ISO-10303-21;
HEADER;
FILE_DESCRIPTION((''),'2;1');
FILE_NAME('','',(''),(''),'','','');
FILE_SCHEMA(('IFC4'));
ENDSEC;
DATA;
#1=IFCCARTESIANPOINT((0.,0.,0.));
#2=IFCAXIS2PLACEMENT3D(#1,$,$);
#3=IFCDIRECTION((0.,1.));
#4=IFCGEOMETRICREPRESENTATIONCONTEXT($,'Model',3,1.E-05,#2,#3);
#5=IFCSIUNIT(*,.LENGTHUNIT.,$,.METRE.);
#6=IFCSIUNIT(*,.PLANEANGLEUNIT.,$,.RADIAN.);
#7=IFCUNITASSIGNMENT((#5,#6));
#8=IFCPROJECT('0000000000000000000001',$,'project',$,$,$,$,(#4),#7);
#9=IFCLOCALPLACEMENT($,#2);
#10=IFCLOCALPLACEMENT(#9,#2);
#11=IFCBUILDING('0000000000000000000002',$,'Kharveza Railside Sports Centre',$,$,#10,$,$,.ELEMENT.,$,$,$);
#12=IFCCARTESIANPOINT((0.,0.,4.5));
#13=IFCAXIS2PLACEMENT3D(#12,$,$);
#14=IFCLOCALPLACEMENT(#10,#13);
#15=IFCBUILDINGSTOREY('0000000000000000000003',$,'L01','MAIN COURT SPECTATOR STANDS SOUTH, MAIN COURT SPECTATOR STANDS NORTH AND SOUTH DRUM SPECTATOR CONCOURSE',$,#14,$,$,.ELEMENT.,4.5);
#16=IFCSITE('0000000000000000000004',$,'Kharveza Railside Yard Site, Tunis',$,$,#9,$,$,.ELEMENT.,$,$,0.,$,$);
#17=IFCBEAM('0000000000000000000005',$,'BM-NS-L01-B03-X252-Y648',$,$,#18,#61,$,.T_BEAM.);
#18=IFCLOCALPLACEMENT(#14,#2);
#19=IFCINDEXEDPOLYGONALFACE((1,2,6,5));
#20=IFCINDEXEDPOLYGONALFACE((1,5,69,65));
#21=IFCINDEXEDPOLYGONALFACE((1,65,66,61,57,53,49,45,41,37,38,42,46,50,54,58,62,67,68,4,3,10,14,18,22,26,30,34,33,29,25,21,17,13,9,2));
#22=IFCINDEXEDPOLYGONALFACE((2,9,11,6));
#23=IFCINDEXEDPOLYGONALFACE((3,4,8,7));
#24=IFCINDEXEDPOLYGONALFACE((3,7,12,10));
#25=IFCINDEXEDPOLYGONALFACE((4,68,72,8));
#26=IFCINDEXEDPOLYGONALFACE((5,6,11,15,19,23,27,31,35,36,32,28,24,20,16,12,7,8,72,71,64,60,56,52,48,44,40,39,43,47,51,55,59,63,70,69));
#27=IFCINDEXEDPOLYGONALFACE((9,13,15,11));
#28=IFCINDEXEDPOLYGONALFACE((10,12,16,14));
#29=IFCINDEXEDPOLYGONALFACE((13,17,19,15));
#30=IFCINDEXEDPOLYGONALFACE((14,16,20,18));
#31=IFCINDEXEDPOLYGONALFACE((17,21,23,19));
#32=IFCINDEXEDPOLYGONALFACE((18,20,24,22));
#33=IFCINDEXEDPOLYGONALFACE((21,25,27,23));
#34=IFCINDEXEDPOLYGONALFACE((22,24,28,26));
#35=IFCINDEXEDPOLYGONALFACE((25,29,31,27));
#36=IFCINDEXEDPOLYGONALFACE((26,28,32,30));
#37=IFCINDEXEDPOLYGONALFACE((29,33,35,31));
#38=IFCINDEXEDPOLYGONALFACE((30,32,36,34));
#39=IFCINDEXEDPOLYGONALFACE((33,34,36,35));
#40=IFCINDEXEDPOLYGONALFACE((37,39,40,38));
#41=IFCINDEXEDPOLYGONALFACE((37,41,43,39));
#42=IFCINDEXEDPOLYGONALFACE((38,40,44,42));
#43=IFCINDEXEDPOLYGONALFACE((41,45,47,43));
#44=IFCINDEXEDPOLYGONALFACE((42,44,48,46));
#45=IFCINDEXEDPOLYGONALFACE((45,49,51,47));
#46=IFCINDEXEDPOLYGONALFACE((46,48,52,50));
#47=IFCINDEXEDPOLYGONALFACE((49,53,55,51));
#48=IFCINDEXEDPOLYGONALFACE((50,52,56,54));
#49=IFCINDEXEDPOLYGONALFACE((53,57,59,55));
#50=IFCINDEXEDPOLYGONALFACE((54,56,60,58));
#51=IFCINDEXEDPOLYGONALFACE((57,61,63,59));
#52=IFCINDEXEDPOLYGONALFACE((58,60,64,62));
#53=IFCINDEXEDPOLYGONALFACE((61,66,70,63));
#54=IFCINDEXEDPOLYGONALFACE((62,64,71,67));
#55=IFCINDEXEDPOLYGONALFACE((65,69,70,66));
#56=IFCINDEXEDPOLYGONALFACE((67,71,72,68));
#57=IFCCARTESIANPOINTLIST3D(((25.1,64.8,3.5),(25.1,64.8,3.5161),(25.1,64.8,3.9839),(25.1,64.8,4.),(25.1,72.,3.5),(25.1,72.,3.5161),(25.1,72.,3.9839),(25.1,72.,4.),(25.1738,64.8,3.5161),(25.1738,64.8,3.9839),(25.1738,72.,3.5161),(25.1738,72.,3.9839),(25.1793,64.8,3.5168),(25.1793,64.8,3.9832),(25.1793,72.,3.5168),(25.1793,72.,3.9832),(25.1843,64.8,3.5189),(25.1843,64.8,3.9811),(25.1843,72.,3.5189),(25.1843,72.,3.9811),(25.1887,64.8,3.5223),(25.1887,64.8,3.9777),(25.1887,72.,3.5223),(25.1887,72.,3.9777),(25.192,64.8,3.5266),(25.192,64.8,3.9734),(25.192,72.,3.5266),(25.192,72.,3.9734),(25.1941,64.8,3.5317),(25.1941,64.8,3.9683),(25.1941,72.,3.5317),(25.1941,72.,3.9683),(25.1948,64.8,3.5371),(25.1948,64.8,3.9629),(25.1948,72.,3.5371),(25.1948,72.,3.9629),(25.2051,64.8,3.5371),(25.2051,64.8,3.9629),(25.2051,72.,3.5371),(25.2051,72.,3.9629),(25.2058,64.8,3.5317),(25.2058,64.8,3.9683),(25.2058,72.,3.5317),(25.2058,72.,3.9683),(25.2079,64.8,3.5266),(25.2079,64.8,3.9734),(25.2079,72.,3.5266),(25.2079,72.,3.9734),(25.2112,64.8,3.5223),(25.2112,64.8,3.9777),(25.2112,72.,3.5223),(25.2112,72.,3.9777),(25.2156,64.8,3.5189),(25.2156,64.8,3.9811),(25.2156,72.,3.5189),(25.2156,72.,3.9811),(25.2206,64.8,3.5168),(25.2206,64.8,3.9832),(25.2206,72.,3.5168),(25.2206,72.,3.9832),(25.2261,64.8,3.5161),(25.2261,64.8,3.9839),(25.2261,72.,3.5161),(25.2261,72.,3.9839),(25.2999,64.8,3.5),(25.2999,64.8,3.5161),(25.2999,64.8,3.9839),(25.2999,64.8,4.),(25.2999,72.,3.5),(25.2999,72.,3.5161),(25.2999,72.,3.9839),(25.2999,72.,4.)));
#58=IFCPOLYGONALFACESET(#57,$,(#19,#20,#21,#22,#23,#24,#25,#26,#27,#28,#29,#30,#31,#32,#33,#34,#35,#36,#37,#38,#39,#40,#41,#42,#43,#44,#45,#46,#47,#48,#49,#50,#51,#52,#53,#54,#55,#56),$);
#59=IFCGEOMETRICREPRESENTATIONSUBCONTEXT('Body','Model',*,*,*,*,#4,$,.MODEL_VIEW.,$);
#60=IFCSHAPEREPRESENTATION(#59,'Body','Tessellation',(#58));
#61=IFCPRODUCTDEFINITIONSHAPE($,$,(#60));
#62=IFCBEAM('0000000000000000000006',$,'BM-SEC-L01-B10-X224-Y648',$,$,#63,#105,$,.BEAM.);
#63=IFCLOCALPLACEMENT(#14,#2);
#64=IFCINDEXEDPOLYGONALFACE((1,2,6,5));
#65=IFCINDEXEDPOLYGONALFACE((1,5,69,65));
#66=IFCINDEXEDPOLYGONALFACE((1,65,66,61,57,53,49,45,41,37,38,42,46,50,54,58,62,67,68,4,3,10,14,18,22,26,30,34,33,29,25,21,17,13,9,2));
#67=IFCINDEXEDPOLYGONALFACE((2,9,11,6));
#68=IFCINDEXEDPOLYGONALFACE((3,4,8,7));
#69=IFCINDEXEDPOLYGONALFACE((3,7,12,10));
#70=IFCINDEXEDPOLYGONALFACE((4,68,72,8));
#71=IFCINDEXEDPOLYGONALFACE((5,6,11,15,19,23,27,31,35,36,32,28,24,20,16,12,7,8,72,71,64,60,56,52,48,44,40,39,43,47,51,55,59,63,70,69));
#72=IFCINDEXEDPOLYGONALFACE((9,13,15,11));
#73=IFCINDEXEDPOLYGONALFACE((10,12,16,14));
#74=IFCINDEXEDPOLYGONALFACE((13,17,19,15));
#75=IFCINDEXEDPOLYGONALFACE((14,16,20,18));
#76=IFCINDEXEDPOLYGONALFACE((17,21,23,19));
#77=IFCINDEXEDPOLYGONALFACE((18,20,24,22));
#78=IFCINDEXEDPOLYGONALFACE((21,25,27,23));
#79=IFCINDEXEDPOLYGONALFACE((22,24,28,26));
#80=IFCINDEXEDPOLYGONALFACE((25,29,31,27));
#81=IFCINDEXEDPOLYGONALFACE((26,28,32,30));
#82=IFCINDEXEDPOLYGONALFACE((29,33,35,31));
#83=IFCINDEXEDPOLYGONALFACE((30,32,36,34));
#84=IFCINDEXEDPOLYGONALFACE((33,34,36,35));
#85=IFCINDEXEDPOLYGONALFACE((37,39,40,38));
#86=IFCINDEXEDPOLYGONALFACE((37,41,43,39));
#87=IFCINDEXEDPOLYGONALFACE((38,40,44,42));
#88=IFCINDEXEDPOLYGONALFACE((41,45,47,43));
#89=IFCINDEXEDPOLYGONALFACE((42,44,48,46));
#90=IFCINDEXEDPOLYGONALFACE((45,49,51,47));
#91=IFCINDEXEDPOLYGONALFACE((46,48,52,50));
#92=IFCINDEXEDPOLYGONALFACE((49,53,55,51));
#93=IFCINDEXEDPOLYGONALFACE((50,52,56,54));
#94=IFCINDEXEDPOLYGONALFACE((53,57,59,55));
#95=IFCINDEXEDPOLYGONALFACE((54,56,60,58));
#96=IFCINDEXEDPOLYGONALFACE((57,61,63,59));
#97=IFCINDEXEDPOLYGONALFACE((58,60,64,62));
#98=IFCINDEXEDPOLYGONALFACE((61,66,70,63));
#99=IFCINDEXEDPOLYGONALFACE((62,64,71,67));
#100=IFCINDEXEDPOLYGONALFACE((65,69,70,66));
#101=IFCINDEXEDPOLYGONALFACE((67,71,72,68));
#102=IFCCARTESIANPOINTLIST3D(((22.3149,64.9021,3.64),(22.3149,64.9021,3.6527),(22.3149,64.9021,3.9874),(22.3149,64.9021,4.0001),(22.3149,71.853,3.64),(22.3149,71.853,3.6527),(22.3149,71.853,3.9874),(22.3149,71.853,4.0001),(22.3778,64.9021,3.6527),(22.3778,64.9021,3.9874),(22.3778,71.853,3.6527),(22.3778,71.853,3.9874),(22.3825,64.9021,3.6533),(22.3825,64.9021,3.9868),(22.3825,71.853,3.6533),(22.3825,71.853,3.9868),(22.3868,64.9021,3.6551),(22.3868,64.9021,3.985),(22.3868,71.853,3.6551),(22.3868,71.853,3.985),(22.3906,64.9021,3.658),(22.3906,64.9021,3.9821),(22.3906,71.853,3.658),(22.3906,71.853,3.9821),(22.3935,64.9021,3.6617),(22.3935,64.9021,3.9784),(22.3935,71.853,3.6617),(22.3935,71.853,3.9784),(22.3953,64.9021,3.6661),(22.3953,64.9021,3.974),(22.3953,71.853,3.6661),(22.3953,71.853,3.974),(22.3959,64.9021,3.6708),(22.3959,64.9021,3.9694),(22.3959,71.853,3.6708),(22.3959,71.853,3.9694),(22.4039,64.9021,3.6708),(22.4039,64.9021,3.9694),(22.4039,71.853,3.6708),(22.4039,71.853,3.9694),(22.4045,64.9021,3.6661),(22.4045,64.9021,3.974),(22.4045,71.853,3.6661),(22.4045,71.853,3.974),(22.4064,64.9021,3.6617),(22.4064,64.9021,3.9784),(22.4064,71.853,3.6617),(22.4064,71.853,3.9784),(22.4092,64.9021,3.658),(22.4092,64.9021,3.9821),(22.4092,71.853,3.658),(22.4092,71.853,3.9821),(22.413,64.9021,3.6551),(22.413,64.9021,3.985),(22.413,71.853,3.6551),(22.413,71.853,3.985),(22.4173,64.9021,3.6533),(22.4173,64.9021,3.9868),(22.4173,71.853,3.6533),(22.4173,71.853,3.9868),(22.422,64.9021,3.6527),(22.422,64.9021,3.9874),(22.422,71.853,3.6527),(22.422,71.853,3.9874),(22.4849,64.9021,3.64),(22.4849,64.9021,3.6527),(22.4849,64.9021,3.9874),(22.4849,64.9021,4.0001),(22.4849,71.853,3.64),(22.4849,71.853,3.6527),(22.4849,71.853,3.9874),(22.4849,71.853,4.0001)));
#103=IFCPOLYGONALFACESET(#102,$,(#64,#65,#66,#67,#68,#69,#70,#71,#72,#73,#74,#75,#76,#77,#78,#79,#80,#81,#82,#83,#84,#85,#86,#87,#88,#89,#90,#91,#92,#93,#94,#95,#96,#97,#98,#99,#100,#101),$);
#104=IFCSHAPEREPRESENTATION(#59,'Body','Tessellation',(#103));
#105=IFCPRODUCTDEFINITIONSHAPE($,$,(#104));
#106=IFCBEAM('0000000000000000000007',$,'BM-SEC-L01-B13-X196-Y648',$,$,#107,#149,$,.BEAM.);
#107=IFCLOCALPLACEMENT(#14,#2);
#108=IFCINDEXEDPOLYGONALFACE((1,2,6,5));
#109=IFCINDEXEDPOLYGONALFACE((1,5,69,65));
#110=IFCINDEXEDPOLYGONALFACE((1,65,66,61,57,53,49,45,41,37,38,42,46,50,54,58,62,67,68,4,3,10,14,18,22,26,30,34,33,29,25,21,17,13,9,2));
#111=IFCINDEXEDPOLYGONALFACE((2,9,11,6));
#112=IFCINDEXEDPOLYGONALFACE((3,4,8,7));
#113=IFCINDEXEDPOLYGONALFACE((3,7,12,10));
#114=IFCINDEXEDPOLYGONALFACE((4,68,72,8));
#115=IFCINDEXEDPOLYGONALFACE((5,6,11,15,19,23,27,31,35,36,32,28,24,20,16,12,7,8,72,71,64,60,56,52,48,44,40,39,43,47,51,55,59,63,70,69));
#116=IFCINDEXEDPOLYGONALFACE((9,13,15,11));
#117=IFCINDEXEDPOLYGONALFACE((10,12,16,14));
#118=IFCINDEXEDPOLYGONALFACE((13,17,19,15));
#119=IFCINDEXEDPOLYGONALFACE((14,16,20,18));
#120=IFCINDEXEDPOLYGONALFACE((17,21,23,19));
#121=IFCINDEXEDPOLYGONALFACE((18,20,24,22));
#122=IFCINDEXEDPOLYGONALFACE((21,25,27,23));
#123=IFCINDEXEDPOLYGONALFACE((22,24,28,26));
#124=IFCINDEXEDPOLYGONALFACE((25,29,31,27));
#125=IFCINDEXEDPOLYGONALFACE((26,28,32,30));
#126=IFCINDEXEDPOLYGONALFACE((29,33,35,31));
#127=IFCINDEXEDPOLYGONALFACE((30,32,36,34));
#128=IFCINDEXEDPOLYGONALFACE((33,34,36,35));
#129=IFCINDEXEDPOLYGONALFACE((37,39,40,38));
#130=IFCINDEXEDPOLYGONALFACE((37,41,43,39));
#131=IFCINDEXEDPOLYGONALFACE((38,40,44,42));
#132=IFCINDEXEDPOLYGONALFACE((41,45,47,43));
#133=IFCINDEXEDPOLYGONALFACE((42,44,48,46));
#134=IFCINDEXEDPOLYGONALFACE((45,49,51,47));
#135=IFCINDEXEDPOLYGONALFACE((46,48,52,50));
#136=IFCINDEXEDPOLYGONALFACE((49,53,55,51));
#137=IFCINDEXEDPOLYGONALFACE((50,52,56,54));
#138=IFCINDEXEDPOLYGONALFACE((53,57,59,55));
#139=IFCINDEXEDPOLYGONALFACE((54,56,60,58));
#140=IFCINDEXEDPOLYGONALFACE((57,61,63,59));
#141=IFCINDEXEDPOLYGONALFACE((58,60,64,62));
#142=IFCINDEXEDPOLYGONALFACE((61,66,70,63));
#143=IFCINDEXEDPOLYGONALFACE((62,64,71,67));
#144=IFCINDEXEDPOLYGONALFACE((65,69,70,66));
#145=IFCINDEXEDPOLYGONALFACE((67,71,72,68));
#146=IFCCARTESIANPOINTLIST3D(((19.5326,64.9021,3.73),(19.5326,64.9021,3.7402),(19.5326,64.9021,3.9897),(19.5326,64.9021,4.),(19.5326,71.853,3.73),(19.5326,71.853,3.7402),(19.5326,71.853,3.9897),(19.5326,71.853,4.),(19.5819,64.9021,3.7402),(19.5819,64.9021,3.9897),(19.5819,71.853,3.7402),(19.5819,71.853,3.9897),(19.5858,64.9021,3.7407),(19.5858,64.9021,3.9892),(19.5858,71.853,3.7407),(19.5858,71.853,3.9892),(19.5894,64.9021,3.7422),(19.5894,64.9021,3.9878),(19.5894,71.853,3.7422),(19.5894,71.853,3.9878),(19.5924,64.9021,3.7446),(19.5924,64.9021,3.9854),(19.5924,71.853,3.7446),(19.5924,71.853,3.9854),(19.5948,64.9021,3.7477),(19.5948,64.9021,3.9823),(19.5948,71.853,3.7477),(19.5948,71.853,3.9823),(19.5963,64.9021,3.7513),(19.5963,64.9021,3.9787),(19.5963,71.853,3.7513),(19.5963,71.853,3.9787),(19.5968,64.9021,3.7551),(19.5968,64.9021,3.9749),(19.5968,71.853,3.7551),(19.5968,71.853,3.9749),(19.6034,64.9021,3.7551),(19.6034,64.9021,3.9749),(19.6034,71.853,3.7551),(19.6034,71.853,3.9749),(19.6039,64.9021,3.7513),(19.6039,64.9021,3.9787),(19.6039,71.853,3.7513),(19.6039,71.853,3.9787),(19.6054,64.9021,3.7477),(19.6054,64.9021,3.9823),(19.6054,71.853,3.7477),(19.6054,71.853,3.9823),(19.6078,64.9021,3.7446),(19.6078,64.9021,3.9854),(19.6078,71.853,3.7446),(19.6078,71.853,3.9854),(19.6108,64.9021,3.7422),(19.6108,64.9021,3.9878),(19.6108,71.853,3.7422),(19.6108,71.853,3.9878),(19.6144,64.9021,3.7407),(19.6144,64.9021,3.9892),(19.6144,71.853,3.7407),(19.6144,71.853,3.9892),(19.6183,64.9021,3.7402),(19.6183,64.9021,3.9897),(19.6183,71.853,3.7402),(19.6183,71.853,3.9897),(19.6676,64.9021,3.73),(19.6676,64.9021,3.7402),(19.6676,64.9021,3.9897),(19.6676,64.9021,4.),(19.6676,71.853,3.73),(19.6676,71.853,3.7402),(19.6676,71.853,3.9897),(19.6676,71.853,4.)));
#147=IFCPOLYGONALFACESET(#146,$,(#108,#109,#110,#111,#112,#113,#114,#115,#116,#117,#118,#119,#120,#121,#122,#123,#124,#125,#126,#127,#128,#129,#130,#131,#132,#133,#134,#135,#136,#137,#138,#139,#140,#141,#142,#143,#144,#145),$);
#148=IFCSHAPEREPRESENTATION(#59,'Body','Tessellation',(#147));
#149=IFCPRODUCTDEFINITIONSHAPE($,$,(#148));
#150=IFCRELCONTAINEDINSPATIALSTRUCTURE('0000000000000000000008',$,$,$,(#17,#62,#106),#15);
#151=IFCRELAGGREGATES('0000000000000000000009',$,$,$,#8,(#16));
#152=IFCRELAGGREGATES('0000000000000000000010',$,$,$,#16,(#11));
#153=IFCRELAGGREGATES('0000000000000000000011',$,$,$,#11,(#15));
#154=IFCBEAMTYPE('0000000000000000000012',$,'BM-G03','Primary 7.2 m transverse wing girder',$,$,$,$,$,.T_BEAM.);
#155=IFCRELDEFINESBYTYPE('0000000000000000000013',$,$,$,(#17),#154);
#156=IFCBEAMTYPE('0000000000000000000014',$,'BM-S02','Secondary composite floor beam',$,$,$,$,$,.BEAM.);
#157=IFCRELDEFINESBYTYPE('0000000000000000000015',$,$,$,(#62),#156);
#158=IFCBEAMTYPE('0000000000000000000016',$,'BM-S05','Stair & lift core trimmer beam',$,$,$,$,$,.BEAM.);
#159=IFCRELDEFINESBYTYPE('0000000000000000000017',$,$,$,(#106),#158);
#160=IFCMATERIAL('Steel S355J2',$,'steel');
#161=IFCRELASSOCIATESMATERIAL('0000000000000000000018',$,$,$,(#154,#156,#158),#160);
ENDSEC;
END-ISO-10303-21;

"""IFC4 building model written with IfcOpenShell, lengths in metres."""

from ifc_helpers import new_model, si_unit, direction, frame, origin, origin_2d, place, context, subcontext, project, spatial, i_section, extrude, material, material_profile, profile_set, type_object, element, save


model = new_model("IFC4")

# Units and contexts
model_context = context("Model", 3, precision=1e-05, world=origin(), true_north=direction((0.0, 1.0)))
body_context = subcontext(model_context, "Body", "Model", "MODEL_VIEW")
ifc_project = project(units=[si_unit("LENGTHUNIT", "METRE"), si_unit("PLANEANGLEUNIT", "RADIAN")], contexts=[model_context])

# Site, building, storey
site_placement = place(None, origin())
site = spatial("IfcSite", under=ifc_project, at=site_placement, Name="Kharveza Railside Yard Site, Tunis", CompositionType="ELEMENT", RefElevation=0.0)
building_placement = place(site_placement, origin())
building = spatial("IfcBuilding", under=site, at=building_placement, Name="Kharveza Railside Sports Centre", CompositionType="ELEMENT")
storey_placement = place(building_placement, frame((0.0, 0.0, 4.5)))
storey = spatial("IfcBuildingStorey", under=building, at=storey_placement, Name="L01", Description="MAIN COURT SPECTATOR STANDS SOUTH, MAIN COURT SPECTATOR STANDS NORTH AND SOUTH DRUM SPECTATOR CONCOURSE", CompositionType="ELEMENT", Elevation=4.5)

# Shared definitions
ifc_material_1 = material(Name="Steel S355J2", Category="steel")

# Beams
ifc_material_profile_1 = material_profile(ifc_material_1, i_section(OverallWidth=0.2, OverallDepth=0.5, WebThickness=0.0103, FlangeThickness=0.0161, FilletRadius=0.021, at=origin_2d()), Name="IPE 500")
ifc_profile_set_1 = profile_set([ifc_material_profile_1], Name="Steel S355J2")
beam_type_1 = type_object("IfcBeamType", Name="BM-G03", Description="Primary 7.2 m transverse wing girder", PredefinedType="T_BEAM", material=ifc_profile_set_1)
beam_1_placement = place(storey_placement, frame((25.2, 64.8, 3.75), z_axis=(0.0, 1.0, 0.0), x_axis=(-1.0, 0.0, 0.0)))
element("IfcBeam", 1, at=beam_1_placement, inside=storey, type_object=beam_type_1, Name="BM-NS-L01-B03-X252-Y648", PredefinedType="T_BEAM", context=body_context, shape_type="SweptSolid", body=[
    extrude(i_section(OverallWidth=0.2, OverallDepth=0.5, WebThickness=0.0103, FlangeThickness=0.0161, FilletRadius=0.021, at=origin_2d()), origin(), (0.0, 0.0, 1.0), 7.2),
])
ifc_material_profile_2 = material_profile(ifc_material_1, i_section(OverallWidth=0.1699, OverallDepth=0.3601, WebThickness=0.0081, FlangeThickness=0.0127, FilletRadius=0.0181, at=origin_2d()), Name="IPE 360")
ifc_profile_set_2 = profile_set([ifc_material_profile_2], Name="Steel S355J2")
beam_type_2 = type_object("IfcBeamType", Name="BM-S02", Description="Secondary composite floor beam", PredefinedType="BEAM", material=ifc_profile_set_2)
beam_2_placement = place(storey_placement, frame((22.3999, 64.9021, 3.8201), z_axis=(0.0, 1.0, 0.0), x_axis=(-1.0, 0.0, 0.0)))
element("IfcBeam", 2, at=beam_2_placement, inside=storey, type_object=beam_type_2, Name="BM-SEC-L01-B10-X224-Y648", PredefinedType="BEAM", context=body_context, shape_type="SweptSolid", body=[
    extrude(i_section(OverallWidth=0.1699, OverallDepth=0.3601, WebThickness=0.0081, FlangeThickness=0.0127, FilletRadius=0.0181, at=origin_2d()), origin(), (0.0, 0.0, 1.0), 6.9509),
])
ifc_material_profile_3 = material_profile(ifc_material_1, i_section(OverallWidth=0.135, OverallDepth=0.27, WebThickness=0.0066, FlangeThickness=0.0103, FilletRadius=0.0149, at=origin_2d()), Name="IPE 270")
ifc_profile_set_3 = profile_set([ifc_material_profile_3], Name="Steel S355J2")
beam_type_3 = type_object("IfcBeamType", Name="BM-S05", Description="Stair & lift core trimmer beam", PredefinedType="BEAM", material=ifc_profile_set_3)
beam_3_placement = place(storey_placement, frame((19.6001, 64.9021, 3.865), z_axis=(0.0, 1.0, 0.0), x_axis=(-1.0, 0.0, 0.0)))
element("IfcBeam", 3, at=beam_3_placement, inside=storey, type_object=beam_type_3, Name="BM-SEC-L01-B13-X196-Y648", PredefinedType="BEAM", context=body_context, shape_type="SweptSolid", body=[
    extrude(i_section(OverallWidth=0.135, OverallDepth=0.27, WebThickness=0.0066, FlangeThickness=0.0103, FilletRadius=0.0149, at=origin_2d()), origin(), (0.0, 0.0, 1.0), 6.9509),
])

save(model, "model.ifc")
